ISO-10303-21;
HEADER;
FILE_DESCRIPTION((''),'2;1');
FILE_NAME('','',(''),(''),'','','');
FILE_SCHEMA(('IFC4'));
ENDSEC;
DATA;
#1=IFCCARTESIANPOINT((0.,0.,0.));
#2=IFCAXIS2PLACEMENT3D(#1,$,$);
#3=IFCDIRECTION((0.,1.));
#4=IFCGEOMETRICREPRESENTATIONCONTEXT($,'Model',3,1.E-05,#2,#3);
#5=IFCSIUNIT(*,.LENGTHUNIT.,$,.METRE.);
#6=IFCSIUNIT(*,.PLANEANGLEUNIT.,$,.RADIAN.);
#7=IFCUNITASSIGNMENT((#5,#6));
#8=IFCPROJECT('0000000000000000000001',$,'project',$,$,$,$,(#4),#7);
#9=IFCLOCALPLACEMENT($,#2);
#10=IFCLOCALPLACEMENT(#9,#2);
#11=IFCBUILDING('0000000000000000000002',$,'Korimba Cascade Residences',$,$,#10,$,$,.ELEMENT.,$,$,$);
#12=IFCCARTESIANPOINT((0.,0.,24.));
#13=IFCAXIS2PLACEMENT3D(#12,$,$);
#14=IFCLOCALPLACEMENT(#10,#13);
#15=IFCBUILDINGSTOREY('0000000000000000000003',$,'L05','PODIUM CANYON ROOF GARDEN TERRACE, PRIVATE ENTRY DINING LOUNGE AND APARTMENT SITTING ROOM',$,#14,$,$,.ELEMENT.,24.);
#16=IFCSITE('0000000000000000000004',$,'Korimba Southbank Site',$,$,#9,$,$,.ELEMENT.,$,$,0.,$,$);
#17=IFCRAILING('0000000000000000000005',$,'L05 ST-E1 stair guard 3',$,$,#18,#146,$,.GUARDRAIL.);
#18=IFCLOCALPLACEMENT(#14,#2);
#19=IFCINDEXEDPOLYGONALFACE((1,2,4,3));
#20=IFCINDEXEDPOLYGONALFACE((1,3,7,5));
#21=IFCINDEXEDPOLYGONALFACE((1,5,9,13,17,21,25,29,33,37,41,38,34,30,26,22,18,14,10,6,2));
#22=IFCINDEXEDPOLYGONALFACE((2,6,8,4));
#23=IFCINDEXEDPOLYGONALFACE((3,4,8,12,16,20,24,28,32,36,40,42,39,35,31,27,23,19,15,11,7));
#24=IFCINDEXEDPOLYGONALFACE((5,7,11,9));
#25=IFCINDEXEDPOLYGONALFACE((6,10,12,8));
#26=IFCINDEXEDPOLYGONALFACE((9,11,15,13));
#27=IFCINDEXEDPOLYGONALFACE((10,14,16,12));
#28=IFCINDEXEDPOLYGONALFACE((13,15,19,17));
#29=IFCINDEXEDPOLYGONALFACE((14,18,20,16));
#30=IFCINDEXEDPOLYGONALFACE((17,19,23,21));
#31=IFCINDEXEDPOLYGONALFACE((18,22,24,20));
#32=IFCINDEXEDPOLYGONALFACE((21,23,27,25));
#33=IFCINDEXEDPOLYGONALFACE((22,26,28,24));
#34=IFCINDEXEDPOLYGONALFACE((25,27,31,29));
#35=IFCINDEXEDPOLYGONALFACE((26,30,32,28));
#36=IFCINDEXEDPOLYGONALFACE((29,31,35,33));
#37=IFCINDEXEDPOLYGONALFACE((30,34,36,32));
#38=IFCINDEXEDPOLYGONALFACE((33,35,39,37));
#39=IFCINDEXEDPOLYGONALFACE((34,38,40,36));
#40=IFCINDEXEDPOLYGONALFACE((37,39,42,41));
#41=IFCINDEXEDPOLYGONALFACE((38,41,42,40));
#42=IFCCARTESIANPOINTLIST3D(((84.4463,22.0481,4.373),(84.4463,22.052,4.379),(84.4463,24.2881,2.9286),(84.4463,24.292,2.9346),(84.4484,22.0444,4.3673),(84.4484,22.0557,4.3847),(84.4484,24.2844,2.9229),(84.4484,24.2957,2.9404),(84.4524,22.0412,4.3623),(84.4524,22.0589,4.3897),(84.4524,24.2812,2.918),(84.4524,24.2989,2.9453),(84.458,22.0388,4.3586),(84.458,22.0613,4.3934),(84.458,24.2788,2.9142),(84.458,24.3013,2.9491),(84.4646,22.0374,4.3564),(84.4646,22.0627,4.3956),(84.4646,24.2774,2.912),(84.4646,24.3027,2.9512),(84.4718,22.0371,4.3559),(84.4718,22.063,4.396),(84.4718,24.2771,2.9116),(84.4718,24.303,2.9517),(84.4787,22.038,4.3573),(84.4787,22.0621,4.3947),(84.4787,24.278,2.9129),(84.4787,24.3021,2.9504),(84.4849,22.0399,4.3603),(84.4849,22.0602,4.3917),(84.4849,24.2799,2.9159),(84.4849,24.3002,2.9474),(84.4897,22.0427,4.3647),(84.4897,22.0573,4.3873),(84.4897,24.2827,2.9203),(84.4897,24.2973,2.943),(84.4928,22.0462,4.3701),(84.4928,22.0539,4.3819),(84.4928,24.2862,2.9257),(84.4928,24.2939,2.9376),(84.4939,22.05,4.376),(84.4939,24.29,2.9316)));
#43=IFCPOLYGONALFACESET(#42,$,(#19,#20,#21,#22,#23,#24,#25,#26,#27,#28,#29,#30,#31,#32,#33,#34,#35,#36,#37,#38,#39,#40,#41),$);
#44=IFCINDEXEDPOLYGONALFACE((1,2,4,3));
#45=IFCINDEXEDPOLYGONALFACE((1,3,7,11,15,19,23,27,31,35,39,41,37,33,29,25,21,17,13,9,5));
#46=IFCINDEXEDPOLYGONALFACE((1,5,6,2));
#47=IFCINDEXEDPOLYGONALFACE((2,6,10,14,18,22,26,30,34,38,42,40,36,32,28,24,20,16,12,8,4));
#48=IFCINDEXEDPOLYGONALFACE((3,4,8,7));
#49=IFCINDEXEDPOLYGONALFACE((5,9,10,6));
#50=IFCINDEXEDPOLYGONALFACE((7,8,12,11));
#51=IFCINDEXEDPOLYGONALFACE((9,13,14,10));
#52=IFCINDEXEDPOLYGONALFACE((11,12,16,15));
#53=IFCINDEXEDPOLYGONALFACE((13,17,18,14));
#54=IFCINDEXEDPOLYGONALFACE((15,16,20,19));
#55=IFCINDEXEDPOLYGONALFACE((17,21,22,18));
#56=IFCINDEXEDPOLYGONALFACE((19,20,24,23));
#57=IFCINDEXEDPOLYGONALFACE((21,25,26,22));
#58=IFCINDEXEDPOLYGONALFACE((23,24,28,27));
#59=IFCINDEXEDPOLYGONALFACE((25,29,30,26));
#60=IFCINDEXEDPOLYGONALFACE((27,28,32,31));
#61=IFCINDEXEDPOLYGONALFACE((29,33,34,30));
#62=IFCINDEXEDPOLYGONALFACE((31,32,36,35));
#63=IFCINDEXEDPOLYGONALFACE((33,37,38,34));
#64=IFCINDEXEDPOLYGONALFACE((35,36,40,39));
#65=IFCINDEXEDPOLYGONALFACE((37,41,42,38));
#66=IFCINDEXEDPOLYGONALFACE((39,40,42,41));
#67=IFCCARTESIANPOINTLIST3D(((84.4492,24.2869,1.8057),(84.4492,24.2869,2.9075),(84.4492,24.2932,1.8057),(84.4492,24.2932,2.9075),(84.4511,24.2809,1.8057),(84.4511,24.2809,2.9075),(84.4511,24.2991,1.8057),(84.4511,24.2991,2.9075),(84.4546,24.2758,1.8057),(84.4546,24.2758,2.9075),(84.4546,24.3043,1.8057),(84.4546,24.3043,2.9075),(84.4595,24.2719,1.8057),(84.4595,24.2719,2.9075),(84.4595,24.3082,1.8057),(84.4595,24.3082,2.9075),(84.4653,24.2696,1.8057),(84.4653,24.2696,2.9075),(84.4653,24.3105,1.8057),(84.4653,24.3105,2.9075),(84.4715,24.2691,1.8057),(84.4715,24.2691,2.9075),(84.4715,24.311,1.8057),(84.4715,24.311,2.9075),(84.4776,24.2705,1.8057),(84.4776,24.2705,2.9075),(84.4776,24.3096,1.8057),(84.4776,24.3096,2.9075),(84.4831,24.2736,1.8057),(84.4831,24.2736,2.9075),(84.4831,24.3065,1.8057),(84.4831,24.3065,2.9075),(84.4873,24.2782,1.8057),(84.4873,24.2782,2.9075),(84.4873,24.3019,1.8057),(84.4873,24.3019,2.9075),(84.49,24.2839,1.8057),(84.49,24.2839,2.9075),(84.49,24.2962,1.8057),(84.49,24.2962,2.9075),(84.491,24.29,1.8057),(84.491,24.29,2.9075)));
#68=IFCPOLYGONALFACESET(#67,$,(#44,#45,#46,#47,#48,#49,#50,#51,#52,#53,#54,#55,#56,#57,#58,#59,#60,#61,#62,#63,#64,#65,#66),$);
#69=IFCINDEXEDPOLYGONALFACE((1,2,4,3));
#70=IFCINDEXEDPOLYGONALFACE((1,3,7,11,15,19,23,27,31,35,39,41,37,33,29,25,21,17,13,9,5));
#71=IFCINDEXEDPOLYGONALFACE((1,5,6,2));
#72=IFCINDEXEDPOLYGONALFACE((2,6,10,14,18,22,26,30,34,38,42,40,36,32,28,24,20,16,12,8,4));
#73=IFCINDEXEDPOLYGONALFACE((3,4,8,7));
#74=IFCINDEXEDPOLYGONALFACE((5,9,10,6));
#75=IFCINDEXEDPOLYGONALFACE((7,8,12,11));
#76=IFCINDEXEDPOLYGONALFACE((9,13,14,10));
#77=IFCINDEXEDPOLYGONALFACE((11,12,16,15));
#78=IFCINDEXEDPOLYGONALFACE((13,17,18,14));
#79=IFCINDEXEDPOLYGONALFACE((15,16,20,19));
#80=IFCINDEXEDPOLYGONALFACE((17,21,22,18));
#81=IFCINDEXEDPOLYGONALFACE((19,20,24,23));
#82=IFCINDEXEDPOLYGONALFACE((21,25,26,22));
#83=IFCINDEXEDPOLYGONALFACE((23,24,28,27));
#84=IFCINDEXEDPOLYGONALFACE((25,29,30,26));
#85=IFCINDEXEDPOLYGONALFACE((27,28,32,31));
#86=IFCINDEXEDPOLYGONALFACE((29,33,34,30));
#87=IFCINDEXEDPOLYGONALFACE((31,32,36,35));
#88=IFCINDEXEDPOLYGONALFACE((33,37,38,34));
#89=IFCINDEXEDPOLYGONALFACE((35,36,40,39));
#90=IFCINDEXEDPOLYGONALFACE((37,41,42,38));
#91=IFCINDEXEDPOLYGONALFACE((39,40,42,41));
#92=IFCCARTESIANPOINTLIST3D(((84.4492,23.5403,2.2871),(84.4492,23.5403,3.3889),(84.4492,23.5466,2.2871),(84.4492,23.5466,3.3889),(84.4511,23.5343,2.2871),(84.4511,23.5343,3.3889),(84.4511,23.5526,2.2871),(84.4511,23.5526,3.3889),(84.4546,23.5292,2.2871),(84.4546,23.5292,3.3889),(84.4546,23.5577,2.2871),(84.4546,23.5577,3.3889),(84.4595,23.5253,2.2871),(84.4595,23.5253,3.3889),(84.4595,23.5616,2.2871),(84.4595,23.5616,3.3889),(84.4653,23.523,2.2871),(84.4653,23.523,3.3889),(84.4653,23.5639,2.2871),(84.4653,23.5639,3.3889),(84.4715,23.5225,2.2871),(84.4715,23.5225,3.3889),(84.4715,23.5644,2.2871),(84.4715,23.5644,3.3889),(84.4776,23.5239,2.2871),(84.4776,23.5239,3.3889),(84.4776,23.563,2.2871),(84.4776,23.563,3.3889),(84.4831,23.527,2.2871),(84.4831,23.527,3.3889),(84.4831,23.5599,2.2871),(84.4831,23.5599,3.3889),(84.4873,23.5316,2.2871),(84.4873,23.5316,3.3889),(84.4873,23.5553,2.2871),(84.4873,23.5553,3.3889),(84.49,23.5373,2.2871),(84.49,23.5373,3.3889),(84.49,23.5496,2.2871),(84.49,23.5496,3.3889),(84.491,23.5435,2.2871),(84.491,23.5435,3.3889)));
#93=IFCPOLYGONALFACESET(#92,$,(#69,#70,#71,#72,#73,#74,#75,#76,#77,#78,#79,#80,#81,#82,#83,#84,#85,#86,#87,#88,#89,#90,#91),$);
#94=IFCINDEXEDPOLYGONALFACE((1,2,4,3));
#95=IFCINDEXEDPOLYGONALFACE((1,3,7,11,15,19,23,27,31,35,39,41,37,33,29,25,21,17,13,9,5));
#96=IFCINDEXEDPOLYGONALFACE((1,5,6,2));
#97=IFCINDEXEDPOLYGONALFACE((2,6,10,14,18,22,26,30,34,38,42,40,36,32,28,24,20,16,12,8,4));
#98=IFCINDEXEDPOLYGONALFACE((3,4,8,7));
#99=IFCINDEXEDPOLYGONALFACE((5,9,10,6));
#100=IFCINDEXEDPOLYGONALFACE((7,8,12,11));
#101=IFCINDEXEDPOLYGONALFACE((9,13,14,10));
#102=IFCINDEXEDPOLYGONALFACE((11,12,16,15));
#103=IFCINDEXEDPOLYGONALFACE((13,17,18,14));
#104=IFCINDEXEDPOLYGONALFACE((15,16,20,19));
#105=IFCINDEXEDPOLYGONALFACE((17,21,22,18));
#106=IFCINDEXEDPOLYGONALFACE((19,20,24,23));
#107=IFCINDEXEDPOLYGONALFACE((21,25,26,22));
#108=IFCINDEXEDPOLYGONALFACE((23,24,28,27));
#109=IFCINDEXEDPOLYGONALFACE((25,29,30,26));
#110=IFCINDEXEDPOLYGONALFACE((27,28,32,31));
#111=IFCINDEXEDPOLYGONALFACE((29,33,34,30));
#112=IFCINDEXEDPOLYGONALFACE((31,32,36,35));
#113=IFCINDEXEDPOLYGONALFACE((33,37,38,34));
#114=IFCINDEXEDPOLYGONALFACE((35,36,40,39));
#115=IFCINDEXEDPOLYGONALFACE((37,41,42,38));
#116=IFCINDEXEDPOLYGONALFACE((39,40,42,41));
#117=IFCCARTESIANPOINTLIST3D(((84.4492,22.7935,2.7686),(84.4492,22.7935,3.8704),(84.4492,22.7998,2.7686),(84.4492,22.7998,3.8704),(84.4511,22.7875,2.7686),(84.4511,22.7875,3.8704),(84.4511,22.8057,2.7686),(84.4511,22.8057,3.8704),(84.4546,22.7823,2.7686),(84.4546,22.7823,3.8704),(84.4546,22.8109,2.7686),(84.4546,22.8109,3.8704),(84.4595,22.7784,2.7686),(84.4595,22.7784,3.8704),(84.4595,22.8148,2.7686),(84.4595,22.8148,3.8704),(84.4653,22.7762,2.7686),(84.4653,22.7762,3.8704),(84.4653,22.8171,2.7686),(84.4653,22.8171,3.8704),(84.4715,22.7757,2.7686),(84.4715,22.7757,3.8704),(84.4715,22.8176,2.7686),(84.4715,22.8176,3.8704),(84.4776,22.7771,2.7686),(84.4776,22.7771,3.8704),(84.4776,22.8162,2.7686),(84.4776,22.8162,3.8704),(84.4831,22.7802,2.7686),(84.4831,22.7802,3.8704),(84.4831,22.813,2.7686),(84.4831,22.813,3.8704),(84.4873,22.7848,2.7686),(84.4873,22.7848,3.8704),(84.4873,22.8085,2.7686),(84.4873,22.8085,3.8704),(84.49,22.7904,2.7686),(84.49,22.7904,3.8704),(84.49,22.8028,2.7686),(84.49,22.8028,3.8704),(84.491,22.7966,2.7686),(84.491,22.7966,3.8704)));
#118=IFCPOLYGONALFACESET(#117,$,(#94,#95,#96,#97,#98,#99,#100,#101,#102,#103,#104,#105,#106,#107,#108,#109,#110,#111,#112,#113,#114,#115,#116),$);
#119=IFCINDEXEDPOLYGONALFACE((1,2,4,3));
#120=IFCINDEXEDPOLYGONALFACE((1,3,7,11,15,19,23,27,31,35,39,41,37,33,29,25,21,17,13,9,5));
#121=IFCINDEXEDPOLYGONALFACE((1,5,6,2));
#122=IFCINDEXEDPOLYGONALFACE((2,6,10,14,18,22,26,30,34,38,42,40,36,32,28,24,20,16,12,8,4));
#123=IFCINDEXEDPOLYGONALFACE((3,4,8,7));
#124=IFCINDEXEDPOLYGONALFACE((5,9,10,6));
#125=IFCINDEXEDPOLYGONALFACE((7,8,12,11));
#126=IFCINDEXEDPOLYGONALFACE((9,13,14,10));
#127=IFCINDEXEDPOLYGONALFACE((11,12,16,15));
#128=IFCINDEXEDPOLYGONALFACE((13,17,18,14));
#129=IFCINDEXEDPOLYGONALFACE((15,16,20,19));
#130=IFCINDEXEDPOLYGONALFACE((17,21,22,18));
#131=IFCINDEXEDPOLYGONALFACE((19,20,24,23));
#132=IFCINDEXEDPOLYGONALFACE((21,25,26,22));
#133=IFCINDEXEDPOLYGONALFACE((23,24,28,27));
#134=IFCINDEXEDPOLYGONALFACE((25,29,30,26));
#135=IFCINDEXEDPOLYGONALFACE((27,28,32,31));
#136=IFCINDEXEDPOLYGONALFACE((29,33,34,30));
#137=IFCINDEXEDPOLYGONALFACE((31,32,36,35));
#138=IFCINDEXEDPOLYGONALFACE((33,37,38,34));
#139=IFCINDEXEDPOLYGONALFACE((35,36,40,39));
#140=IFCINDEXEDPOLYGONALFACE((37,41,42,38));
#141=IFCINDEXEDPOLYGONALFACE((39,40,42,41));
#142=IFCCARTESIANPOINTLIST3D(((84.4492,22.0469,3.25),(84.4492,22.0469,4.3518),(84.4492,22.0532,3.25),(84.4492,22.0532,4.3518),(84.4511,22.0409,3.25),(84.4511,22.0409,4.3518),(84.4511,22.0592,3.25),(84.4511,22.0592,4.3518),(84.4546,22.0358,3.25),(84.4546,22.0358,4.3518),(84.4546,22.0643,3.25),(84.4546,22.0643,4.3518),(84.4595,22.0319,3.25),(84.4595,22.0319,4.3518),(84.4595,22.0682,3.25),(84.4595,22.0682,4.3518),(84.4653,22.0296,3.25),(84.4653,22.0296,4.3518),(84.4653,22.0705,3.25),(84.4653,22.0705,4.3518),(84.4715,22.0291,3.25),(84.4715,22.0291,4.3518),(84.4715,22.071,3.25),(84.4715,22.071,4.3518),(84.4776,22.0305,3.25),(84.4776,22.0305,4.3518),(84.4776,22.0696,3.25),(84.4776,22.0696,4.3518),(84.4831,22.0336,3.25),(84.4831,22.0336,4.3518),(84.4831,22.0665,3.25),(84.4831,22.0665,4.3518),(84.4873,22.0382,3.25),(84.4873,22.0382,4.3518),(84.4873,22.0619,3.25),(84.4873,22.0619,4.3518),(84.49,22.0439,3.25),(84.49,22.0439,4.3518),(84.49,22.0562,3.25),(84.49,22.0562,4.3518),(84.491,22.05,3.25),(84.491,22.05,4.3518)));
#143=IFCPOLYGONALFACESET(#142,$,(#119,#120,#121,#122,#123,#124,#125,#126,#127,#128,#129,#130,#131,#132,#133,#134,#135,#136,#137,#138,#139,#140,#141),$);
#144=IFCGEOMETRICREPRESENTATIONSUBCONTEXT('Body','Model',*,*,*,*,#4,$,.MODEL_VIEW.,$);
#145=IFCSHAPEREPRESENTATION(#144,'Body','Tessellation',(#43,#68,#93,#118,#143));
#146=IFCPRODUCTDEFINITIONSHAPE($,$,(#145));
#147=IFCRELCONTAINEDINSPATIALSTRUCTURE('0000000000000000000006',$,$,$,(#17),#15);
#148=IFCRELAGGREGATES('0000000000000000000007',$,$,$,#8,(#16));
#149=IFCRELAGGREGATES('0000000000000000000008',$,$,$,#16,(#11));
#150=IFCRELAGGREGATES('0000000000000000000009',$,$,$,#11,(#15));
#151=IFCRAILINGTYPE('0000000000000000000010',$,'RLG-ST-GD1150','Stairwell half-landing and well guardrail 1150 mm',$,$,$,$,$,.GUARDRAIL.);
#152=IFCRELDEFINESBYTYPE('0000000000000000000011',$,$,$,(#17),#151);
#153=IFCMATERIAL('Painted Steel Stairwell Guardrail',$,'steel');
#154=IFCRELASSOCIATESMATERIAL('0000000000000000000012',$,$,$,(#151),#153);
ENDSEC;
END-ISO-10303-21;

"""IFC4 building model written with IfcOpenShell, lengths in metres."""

from ifc_helpers import new_model, si_unit, direction, frame, origin, origin_2d, place, context, subcontext, project, spatial, circle, extrude, material, type_object, element, save


model = new_model("IFC4")

# Units and contexts
model_context = context("Model", 3, precision=1e-05, world=origin(), true_north=direction((0.0, 1.0)))
body_context = subcontext(model_context, "Body", "Model", "MODEL_VIEW")
ifc_project = project(units=[si_unit("LENGTHUNIT", "METRE"), si_unit("PLANEANGLEUNIT", "RADIAN")], contexts=[model_context])

# Site, building, storey
site_placement = place(None, origin())
site = spatial("IfcSite", under=ifc_project, at=site_placement, Name="Korimba Southbank Site", CompositionType="ELEMENT", RefElevation=0.0)
building_placement = place(site_placement, origin())
building = spatial("IfcBuilding", under=site, at=building_placement, Name="Korimba Cascade Residences", CompositionType="ELEMENT")
storey_placement = place(building_placement, frame((0.0, 0.0, 24.0)))
storey = spatial("IfcBuildingStorey", under=building, at=storey_placement, Name="L05", Description="PODIUM CANYON ROOF GARDEN TERRACE, PRIVATE ENTRY DINING LOUNGE AND APARTMENT SITTING ROOM", CompositionType="ELEMENT", Elevation=24.0)

# Railing
ifc_material_1 = material(Name="Painted Steel Stairwell Guardrail", Category="steel")
railing_type_1 = type_object("IfcRailingType", Name="RLG-ST-GD1150", Description="Stairwell half-landing and well guardrail 1150 mm", PredefinedType="GUARDRAIL", material=ifc_material_1)
railing_1_placement = place(storey_placement, frame((84.47, 24.29, 1.8057)))
element("IfcRailing", 1, at=railing_1_placement, inside=storey, type_object=railing_type_1, Name="L05 ST-E1 stair guard 3", PredefinedType="GUARDRAIL", context=body_context, shape_type="SweptSolid", body=[
    extrude(circle(Radius=0.0239, at=origin_2d()), frame((0.0, 0.0, 1.126), z_axis=(0.0, -0.840437, 0.54191), x_axis=(1.0, 0.0, 0.0)), (0.0, 0.0, 1.0), 2.6653),
    extrude(circle(Radius=0.021, at=origin_2d()), origin(), (0.0, 0.0, 1.0), 1.1018),
    extrude(circle(Radius=0.021, at=origin_2d()), frame((0.0, -0.7466, 0.4814)), (0.0, 0.0, 1.0), 1.1018),
    extrude(circle(Radius=0.021, at=origin_2d()), frame((0.0, -1.4934, 0.9629)), (0.0, 0.0, 1.0), 1.1018),
    extrude(circle(Radius=0.021, at=origin_2d()), frame((0.0, -2.24, 1.4443)), (0.0, 0.0, 1.0), 1.1018),
])

save(model, "model.ifc")
